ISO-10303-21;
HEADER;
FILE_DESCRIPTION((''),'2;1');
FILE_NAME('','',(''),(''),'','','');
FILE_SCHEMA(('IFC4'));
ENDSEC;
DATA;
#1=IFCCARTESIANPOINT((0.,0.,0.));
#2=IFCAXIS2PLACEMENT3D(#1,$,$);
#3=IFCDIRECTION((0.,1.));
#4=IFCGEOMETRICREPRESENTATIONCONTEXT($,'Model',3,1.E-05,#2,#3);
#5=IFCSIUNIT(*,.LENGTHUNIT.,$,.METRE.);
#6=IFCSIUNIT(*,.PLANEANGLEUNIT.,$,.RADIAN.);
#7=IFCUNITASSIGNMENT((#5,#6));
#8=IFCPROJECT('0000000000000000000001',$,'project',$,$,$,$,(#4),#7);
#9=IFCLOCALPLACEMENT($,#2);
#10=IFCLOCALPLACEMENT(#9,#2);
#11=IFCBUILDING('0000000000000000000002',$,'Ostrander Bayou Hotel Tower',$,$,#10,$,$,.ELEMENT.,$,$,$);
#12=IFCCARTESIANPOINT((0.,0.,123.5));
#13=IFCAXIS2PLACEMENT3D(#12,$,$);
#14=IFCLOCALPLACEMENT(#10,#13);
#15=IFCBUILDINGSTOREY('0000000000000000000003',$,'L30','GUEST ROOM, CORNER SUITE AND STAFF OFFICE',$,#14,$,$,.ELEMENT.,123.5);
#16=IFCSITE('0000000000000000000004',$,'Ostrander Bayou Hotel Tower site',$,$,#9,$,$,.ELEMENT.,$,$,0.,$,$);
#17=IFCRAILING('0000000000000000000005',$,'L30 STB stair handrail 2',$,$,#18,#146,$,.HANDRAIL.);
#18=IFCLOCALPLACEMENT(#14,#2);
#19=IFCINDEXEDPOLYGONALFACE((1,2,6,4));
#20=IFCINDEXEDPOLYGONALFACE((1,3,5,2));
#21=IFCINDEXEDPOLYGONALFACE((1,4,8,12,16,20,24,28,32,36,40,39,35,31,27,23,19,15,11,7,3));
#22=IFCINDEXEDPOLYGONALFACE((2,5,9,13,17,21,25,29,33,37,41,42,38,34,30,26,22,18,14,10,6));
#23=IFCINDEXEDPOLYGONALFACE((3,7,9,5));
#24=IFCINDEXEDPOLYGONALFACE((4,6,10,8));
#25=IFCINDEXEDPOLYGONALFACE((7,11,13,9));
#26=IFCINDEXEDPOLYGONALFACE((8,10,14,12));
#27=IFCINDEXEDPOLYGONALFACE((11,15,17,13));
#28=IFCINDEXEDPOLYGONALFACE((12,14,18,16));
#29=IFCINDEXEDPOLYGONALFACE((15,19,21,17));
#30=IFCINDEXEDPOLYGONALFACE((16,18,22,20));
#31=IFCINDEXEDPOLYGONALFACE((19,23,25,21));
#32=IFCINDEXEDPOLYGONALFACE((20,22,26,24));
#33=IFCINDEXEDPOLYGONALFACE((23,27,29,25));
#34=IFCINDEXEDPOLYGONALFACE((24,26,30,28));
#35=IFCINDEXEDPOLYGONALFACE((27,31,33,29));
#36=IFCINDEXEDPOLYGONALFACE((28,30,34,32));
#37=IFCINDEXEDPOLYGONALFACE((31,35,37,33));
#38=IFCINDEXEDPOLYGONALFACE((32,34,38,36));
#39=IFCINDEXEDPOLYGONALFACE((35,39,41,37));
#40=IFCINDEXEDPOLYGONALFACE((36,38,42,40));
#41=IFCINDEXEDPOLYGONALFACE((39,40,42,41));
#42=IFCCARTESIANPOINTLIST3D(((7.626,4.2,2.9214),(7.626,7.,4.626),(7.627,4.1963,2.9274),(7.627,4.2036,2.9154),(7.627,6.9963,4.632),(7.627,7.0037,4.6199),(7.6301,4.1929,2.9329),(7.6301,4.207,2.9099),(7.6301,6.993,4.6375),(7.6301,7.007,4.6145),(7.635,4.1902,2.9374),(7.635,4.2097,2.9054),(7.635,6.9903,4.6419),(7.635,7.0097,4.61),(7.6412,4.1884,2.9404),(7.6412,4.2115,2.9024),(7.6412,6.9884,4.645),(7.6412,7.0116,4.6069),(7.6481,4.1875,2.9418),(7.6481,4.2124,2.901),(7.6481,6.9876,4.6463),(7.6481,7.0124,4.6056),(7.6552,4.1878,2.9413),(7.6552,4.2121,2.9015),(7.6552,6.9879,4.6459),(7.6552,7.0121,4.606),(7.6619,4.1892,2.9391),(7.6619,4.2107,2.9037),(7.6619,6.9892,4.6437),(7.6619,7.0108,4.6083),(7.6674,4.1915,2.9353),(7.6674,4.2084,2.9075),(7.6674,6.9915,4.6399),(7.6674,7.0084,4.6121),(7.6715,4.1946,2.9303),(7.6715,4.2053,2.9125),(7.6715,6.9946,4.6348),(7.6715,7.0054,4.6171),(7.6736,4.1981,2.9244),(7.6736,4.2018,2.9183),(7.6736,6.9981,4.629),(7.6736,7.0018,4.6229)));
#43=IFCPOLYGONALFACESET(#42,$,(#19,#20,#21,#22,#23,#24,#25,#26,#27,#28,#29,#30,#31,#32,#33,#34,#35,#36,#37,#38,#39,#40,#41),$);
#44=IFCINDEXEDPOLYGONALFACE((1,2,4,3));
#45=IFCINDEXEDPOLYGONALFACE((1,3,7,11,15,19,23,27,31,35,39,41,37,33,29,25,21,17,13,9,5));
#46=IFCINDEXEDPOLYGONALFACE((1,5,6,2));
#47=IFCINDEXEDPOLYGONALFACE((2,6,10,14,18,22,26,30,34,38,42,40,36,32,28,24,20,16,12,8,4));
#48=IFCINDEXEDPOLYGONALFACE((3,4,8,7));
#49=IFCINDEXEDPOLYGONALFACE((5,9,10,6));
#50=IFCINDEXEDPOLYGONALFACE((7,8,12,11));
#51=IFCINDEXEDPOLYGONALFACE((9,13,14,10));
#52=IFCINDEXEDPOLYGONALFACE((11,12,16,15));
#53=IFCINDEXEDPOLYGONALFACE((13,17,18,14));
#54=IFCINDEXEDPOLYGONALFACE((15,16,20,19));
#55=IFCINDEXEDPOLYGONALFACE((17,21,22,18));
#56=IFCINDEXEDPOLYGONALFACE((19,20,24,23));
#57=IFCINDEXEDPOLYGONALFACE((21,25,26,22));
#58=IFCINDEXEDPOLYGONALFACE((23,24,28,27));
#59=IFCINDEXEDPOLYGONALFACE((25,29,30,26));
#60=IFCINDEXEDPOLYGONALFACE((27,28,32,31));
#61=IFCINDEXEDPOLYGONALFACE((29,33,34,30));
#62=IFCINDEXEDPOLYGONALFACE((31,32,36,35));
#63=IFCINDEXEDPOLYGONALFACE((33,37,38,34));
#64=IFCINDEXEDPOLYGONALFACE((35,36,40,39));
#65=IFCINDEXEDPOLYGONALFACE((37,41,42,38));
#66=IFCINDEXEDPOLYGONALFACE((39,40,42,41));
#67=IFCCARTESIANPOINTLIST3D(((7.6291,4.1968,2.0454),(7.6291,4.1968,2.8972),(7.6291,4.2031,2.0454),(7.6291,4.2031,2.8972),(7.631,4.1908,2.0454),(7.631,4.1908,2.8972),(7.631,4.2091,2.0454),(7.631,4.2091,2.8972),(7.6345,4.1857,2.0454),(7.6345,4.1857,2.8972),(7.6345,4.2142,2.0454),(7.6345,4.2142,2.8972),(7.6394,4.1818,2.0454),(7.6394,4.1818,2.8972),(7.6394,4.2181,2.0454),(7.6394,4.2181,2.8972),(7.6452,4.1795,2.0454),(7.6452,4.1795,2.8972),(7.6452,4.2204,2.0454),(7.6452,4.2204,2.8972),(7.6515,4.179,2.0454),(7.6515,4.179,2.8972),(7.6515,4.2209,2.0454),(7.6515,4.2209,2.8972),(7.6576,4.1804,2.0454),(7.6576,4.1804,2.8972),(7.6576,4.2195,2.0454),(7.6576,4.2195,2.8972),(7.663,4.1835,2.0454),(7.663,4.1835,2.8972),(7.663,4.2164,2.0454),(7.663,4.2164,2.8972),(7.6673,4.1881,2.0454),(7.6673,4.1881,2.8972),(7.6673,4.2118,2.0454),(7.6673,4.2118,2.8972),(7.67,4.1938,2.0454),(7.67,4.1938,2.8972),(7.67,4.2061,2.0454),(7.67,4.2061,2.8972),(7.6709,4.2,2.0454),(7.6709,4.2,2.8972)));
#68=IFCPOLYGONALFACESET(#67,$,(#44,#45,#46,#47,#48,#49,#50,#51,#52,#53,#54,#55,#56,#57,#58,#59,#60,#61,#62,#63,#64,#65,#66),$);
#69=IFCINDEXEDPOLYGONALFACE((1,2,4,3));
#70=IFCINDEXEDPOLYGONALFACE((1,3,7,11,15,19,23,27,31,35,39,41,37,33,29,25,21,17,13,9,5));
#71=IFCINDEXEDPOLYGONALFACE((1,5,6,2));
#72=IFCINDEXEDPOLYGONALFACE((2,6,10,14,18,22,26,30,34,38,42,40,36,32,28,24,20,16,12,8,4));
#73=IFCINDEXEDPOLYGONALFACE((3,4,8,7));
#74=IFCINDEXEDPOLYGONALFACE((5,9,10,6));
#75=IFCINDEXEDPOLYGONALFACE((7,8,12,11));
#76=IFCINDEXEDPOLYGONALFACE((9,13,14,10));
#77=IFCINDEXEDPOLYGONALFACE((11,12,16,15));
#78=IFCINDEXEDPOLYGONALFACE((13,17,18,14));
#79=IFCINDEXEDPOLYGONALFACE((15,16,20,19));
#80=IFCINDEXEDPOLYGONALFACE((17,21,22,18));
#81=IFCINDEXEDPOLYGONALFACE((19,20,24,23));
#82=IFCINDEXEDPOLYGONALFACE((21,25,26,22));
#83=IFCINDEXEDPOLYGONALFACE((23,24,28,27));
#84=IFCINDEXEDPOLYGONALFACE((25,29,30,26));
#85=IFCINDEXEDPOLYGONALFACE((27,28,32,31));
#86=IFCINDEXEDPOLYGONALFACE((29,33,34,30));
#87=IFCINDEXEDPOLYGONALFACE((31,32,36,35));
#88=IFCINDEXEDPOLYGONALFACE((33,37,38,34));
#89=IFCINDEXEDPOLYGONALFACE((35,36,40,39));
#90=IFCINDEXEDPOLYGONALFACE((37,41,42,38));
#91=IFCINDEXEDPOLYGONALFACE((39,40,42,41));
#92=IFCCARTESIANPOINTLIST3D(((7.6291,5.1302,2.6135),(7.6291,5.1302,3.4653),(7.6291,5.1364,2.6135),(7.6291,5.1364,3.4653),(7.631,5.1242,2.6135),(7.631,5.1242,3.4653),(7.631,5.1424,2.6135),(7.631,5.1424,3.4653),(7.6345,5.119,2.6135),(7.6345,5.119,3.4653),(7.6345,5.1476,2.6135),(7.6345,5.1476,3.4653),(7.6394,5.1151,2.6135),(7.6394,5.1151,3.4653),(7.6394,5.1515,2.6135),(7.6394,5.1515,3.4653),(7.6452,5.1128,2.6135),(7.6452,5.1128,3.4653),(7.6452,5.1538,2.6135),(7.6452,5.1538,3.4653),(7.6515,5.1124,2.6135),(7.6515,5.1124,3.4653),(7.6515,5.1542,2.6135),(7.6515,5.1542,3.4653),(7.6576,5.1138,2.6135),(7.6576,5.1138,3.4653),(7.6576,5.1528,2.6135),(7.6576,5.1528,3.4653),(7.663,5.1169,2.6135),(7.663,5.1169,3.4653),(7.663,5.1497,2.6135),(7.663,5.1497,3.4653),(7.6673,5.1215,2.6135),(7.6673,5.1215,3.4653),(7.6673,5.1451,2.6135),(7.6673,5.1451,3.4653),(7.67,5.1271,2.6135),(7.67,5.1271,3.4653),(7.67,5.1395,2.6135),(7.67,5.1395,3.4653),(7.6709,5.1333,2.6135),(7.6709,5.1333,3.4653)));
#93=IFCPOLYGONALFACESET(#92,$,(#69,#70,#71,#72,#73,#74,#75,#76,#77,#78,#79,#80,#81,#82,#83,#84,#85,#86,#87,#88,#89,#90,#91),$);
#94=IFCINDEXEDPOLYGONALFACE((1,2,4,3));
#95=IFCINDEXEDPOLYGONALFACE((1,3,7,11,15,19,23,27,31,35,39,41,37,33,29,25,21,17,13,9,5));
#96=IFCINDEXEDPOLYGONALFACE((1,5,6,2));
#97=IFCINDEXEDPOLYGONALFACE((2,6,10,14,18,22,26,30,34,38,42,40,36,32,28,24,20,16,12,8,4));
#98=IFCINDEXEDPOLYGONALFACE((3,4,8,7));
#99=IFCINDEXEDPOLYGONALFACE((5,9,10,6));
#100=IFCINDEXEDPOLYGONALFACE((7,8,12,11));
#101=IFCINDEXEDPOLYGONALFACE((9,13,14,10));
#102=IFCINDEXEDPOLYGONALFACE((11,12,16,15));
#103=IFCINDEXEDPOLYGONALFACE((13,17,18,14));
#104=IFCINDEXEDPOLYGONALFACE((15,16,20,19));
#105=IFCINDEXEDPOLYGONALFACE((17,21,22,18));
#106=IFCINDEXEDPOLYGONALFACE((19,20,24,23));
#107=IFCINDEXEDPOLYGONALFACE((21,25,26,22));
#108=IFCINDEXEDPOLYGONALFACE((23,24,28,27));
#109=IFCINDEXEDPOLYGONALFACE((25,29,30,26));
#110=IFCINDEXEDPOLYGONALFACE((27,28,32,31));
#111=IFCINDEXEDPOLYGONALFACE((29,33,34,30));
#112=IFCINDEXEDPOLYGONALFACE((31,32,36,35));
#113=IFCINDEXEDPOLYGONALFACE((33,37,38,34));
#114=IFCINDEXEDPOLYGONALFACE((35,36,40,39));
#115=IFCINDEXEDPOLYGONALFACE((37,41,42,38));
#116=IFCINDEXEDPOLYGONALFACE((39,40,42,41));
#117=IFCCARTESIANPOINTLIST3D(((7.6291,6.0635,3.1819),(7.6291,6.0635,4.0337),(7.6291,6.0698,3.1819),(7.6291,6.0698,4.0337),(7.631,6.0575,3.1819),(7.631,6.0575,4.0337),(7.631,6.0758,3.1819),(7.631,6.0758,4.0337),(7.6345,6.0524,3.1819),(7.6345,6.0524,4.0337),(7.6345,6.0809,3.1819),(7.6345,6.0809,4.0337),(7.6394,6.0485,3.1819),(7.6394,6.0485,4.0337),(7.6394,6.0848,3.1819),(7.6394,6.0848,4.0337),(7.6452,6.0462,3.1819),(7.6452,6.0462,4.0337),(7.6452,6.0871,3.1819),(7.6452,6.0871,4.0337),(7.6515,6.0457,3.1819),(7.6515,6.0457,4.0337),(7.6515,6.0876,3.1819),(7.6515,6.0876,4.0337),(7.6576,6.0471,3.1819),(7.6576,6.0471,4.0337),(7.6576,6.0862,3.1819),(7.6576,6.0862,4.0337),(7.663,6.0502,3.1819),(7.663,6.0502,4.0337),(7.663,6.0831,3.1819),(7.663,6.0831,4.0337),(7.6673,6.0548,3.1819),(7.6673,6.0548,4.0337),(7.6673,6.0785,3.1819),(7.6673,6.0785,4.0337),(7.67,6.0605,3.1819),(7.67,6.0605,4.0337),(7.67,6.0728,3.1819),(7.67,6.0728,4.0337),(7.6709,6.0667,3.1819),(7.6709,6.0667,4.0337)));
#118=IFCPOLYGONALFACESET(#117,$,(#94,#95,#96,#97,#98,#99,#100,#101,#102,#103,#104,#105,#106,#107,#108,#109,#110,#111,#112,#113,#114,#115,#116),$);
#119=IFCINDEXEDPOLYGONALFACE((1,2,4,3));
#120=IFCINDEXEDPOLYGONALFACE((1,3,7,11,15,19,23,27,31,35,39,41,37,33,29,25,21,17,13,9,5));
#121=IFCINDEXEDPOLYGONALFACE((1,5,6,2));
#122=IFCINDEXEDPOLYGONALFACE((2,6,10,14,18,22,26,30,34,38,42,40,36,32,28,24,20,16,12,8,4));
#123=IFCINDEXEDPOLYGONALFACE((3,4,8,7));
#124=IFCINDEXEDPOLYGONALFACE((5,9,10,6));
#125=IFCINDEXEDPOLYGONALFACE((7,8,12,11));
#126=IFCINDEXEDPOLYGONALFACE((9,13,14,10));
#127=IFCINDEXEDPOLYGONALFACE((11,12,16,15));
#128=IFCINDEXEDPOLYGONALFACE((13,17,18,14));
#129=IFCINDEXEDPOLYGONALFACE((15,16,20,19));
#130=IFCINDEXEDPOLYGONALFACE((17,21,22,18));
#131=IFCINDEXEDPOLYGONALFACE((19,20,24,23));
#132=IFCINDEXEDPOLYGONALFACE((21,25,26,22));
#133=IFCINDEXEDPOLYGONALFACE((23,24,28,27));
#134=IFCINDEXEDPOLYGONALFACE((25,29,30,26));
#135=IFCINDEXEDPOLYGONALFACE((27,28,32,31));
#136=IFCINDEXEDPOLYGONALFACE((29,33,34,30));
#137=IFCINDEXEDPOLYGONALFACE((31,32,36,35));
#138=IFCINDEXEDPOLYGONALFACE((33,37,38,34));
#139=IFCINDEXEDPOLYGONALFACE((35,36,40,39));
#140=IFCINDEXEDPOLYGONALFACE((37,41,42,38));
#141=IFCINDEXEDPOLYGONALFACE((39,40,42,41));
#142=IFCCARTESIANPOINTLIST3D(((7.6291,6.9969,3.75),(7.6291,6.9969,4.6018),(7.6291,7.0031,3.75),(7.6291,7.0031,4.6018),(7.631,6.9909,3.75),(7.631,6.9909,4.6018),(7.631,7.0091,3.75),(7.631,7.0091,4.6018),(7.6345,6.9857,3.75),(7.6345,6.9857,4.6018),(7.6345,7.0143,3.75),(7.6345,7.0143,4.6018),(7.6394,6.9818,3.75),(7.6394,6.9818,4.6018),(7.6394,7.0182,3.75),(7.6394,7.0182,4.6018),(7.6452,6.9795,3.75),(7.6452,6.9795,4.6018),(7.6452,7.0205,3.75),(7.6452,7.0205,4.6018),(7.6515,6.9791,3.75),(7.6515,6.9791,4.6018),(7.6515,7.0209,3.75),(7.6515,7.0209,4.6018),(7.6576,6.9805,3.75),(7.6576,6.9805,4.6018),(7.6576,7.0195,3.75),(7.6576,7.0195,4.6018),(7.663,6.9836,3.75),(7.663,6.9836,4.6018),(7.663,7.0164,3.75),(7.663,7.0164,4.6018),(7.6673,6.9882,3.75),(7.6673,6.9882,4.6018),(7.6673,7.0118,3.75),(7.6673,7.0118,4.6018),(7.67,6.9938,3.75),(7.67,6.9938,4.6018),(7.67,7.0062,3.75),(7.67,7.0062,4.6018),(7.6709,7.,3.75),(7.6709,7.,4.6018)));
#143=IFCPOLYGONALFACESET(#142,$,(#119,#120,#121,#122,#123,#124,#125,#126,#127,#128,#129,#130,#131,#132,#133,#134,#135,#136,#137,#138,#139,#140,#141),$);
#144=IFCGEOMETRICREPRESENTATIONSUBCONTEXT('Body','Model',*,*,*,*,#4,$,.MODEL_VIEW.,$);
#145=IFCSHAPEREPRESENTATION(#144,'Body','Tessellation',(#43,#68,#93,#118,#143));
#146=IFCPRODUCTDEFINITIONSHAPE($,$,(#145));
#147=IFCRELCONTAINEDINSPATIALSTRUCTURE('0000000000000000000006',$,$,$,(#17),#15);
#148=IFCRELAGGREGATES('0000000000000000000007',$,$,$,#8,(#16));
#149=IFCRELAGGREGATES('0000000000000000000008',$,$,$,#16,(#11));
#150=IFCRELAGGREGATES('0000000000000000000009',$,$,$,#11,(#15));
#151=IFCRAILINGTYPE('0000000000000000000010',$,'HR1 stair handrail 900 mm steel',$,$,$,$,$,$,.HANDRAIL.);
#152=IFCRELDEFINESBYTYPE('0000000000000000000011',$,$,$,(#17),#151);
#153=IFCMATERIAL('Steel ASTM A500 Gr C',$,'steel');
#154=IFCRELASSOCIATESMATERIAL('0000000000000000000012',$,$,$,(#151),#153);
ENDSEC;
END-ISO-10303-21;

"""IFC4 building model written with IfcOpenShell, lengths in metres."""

from ifc_helpers import new_model, si_unit, direction, frame, origin, origin_2d, place, context, subcontext, project, spatial, circle, extrude, material, type_object, element, save


model = new_model("IFC4")

# Units and contexts
model_context = context("Model", 3, precision=1e-05, world=origin(), true_north=direction((0.0, 1.0)))
body_context = subcontext(model_context, "Body", "Model", "MODEL_VIEW")
ifc_project = project(units=[si_unit("LENGTHUNIT", "METRE"), si_unit("PLANEANGLEUNIT", "RADIAN")], contexts=[model_context])

# Site, building, storey
site_placement = place(None, origin())
site = spatial("IfcSite", under=ifc_project, at=site_placement, Name="Ostrander Bayou Hotel Tower site", CompositionType="ELEMENT", RefElevation=0.0)
building_placement = place(site_placement, origin())
building = spatial("IfcBuilding", under=site, at=building_placement, Name="Ostrander Bayou Hotel Tower", CompositionType="ELEMENT")
storey_placement = place(building_placement, frame((0.0, 0.0, 123.5)))
storey = spatial("IfcBuildingStorey", under=building, at=storey_placement, Name="L30", Description="GUEST ROOM, CORNER SUITE AND STAFF OFFICE", CompositionType="ELEMENT", Elevation=123.5)

# Railing
ifc_material_1 = material(Name="Steel ASTM A500 Gr C", Category="steel")
railing_type_1 = type_object("IfcRailingType", Name="HR1 stair handrail 900 mm steel", PredefinedType="HANDRAIL", material=ifc_material_1)
railing_1_placement = place(storey_placement, frame((7.6499, 4.2, 2.0454)))
element("IfcRailing", 1, at=railing_1_placement, inside=storey, type_object=railing_type_1, Name="L30 STB stair handrail 2", PredefinedType="HANDRAIL", context=body_context, shape_type="SweptSolid", body=[
    extrude(circle(Radius=0.0239, at=origin_2d()), frame((0.0, 0.0, 0.876), z_axis=(0.0, 0.85417, 0.519994), x_axis=(-1.0, 0.0, 0.0)), (0.0, 0.0, 1.0), 3.2781),
    extrude(circle(Radius=0.021, at=origin_2d()), origin(), (0.0, 0.0, 1.0), 0.8518),
    extrude(circle(Radius=0.021, at=origin_2d()), frame((0.0, 0.9333, 0.5681)), (0.0, 0.0, 1.0), 0.8518),
    extrude(circle(Radius=0.021, at=origin_2d()), frame((0.0, 1.8667, 1.1365)), (0.0, 0.0, 1.0), 0.8518),
    extrude(circle(Radius=0.021, at=origin_2d()), frame((0.0, 2.8, 1.7046)), (0.0, 0.0, 1.0), 0.8518),
])

save(model, "model.ifc")
